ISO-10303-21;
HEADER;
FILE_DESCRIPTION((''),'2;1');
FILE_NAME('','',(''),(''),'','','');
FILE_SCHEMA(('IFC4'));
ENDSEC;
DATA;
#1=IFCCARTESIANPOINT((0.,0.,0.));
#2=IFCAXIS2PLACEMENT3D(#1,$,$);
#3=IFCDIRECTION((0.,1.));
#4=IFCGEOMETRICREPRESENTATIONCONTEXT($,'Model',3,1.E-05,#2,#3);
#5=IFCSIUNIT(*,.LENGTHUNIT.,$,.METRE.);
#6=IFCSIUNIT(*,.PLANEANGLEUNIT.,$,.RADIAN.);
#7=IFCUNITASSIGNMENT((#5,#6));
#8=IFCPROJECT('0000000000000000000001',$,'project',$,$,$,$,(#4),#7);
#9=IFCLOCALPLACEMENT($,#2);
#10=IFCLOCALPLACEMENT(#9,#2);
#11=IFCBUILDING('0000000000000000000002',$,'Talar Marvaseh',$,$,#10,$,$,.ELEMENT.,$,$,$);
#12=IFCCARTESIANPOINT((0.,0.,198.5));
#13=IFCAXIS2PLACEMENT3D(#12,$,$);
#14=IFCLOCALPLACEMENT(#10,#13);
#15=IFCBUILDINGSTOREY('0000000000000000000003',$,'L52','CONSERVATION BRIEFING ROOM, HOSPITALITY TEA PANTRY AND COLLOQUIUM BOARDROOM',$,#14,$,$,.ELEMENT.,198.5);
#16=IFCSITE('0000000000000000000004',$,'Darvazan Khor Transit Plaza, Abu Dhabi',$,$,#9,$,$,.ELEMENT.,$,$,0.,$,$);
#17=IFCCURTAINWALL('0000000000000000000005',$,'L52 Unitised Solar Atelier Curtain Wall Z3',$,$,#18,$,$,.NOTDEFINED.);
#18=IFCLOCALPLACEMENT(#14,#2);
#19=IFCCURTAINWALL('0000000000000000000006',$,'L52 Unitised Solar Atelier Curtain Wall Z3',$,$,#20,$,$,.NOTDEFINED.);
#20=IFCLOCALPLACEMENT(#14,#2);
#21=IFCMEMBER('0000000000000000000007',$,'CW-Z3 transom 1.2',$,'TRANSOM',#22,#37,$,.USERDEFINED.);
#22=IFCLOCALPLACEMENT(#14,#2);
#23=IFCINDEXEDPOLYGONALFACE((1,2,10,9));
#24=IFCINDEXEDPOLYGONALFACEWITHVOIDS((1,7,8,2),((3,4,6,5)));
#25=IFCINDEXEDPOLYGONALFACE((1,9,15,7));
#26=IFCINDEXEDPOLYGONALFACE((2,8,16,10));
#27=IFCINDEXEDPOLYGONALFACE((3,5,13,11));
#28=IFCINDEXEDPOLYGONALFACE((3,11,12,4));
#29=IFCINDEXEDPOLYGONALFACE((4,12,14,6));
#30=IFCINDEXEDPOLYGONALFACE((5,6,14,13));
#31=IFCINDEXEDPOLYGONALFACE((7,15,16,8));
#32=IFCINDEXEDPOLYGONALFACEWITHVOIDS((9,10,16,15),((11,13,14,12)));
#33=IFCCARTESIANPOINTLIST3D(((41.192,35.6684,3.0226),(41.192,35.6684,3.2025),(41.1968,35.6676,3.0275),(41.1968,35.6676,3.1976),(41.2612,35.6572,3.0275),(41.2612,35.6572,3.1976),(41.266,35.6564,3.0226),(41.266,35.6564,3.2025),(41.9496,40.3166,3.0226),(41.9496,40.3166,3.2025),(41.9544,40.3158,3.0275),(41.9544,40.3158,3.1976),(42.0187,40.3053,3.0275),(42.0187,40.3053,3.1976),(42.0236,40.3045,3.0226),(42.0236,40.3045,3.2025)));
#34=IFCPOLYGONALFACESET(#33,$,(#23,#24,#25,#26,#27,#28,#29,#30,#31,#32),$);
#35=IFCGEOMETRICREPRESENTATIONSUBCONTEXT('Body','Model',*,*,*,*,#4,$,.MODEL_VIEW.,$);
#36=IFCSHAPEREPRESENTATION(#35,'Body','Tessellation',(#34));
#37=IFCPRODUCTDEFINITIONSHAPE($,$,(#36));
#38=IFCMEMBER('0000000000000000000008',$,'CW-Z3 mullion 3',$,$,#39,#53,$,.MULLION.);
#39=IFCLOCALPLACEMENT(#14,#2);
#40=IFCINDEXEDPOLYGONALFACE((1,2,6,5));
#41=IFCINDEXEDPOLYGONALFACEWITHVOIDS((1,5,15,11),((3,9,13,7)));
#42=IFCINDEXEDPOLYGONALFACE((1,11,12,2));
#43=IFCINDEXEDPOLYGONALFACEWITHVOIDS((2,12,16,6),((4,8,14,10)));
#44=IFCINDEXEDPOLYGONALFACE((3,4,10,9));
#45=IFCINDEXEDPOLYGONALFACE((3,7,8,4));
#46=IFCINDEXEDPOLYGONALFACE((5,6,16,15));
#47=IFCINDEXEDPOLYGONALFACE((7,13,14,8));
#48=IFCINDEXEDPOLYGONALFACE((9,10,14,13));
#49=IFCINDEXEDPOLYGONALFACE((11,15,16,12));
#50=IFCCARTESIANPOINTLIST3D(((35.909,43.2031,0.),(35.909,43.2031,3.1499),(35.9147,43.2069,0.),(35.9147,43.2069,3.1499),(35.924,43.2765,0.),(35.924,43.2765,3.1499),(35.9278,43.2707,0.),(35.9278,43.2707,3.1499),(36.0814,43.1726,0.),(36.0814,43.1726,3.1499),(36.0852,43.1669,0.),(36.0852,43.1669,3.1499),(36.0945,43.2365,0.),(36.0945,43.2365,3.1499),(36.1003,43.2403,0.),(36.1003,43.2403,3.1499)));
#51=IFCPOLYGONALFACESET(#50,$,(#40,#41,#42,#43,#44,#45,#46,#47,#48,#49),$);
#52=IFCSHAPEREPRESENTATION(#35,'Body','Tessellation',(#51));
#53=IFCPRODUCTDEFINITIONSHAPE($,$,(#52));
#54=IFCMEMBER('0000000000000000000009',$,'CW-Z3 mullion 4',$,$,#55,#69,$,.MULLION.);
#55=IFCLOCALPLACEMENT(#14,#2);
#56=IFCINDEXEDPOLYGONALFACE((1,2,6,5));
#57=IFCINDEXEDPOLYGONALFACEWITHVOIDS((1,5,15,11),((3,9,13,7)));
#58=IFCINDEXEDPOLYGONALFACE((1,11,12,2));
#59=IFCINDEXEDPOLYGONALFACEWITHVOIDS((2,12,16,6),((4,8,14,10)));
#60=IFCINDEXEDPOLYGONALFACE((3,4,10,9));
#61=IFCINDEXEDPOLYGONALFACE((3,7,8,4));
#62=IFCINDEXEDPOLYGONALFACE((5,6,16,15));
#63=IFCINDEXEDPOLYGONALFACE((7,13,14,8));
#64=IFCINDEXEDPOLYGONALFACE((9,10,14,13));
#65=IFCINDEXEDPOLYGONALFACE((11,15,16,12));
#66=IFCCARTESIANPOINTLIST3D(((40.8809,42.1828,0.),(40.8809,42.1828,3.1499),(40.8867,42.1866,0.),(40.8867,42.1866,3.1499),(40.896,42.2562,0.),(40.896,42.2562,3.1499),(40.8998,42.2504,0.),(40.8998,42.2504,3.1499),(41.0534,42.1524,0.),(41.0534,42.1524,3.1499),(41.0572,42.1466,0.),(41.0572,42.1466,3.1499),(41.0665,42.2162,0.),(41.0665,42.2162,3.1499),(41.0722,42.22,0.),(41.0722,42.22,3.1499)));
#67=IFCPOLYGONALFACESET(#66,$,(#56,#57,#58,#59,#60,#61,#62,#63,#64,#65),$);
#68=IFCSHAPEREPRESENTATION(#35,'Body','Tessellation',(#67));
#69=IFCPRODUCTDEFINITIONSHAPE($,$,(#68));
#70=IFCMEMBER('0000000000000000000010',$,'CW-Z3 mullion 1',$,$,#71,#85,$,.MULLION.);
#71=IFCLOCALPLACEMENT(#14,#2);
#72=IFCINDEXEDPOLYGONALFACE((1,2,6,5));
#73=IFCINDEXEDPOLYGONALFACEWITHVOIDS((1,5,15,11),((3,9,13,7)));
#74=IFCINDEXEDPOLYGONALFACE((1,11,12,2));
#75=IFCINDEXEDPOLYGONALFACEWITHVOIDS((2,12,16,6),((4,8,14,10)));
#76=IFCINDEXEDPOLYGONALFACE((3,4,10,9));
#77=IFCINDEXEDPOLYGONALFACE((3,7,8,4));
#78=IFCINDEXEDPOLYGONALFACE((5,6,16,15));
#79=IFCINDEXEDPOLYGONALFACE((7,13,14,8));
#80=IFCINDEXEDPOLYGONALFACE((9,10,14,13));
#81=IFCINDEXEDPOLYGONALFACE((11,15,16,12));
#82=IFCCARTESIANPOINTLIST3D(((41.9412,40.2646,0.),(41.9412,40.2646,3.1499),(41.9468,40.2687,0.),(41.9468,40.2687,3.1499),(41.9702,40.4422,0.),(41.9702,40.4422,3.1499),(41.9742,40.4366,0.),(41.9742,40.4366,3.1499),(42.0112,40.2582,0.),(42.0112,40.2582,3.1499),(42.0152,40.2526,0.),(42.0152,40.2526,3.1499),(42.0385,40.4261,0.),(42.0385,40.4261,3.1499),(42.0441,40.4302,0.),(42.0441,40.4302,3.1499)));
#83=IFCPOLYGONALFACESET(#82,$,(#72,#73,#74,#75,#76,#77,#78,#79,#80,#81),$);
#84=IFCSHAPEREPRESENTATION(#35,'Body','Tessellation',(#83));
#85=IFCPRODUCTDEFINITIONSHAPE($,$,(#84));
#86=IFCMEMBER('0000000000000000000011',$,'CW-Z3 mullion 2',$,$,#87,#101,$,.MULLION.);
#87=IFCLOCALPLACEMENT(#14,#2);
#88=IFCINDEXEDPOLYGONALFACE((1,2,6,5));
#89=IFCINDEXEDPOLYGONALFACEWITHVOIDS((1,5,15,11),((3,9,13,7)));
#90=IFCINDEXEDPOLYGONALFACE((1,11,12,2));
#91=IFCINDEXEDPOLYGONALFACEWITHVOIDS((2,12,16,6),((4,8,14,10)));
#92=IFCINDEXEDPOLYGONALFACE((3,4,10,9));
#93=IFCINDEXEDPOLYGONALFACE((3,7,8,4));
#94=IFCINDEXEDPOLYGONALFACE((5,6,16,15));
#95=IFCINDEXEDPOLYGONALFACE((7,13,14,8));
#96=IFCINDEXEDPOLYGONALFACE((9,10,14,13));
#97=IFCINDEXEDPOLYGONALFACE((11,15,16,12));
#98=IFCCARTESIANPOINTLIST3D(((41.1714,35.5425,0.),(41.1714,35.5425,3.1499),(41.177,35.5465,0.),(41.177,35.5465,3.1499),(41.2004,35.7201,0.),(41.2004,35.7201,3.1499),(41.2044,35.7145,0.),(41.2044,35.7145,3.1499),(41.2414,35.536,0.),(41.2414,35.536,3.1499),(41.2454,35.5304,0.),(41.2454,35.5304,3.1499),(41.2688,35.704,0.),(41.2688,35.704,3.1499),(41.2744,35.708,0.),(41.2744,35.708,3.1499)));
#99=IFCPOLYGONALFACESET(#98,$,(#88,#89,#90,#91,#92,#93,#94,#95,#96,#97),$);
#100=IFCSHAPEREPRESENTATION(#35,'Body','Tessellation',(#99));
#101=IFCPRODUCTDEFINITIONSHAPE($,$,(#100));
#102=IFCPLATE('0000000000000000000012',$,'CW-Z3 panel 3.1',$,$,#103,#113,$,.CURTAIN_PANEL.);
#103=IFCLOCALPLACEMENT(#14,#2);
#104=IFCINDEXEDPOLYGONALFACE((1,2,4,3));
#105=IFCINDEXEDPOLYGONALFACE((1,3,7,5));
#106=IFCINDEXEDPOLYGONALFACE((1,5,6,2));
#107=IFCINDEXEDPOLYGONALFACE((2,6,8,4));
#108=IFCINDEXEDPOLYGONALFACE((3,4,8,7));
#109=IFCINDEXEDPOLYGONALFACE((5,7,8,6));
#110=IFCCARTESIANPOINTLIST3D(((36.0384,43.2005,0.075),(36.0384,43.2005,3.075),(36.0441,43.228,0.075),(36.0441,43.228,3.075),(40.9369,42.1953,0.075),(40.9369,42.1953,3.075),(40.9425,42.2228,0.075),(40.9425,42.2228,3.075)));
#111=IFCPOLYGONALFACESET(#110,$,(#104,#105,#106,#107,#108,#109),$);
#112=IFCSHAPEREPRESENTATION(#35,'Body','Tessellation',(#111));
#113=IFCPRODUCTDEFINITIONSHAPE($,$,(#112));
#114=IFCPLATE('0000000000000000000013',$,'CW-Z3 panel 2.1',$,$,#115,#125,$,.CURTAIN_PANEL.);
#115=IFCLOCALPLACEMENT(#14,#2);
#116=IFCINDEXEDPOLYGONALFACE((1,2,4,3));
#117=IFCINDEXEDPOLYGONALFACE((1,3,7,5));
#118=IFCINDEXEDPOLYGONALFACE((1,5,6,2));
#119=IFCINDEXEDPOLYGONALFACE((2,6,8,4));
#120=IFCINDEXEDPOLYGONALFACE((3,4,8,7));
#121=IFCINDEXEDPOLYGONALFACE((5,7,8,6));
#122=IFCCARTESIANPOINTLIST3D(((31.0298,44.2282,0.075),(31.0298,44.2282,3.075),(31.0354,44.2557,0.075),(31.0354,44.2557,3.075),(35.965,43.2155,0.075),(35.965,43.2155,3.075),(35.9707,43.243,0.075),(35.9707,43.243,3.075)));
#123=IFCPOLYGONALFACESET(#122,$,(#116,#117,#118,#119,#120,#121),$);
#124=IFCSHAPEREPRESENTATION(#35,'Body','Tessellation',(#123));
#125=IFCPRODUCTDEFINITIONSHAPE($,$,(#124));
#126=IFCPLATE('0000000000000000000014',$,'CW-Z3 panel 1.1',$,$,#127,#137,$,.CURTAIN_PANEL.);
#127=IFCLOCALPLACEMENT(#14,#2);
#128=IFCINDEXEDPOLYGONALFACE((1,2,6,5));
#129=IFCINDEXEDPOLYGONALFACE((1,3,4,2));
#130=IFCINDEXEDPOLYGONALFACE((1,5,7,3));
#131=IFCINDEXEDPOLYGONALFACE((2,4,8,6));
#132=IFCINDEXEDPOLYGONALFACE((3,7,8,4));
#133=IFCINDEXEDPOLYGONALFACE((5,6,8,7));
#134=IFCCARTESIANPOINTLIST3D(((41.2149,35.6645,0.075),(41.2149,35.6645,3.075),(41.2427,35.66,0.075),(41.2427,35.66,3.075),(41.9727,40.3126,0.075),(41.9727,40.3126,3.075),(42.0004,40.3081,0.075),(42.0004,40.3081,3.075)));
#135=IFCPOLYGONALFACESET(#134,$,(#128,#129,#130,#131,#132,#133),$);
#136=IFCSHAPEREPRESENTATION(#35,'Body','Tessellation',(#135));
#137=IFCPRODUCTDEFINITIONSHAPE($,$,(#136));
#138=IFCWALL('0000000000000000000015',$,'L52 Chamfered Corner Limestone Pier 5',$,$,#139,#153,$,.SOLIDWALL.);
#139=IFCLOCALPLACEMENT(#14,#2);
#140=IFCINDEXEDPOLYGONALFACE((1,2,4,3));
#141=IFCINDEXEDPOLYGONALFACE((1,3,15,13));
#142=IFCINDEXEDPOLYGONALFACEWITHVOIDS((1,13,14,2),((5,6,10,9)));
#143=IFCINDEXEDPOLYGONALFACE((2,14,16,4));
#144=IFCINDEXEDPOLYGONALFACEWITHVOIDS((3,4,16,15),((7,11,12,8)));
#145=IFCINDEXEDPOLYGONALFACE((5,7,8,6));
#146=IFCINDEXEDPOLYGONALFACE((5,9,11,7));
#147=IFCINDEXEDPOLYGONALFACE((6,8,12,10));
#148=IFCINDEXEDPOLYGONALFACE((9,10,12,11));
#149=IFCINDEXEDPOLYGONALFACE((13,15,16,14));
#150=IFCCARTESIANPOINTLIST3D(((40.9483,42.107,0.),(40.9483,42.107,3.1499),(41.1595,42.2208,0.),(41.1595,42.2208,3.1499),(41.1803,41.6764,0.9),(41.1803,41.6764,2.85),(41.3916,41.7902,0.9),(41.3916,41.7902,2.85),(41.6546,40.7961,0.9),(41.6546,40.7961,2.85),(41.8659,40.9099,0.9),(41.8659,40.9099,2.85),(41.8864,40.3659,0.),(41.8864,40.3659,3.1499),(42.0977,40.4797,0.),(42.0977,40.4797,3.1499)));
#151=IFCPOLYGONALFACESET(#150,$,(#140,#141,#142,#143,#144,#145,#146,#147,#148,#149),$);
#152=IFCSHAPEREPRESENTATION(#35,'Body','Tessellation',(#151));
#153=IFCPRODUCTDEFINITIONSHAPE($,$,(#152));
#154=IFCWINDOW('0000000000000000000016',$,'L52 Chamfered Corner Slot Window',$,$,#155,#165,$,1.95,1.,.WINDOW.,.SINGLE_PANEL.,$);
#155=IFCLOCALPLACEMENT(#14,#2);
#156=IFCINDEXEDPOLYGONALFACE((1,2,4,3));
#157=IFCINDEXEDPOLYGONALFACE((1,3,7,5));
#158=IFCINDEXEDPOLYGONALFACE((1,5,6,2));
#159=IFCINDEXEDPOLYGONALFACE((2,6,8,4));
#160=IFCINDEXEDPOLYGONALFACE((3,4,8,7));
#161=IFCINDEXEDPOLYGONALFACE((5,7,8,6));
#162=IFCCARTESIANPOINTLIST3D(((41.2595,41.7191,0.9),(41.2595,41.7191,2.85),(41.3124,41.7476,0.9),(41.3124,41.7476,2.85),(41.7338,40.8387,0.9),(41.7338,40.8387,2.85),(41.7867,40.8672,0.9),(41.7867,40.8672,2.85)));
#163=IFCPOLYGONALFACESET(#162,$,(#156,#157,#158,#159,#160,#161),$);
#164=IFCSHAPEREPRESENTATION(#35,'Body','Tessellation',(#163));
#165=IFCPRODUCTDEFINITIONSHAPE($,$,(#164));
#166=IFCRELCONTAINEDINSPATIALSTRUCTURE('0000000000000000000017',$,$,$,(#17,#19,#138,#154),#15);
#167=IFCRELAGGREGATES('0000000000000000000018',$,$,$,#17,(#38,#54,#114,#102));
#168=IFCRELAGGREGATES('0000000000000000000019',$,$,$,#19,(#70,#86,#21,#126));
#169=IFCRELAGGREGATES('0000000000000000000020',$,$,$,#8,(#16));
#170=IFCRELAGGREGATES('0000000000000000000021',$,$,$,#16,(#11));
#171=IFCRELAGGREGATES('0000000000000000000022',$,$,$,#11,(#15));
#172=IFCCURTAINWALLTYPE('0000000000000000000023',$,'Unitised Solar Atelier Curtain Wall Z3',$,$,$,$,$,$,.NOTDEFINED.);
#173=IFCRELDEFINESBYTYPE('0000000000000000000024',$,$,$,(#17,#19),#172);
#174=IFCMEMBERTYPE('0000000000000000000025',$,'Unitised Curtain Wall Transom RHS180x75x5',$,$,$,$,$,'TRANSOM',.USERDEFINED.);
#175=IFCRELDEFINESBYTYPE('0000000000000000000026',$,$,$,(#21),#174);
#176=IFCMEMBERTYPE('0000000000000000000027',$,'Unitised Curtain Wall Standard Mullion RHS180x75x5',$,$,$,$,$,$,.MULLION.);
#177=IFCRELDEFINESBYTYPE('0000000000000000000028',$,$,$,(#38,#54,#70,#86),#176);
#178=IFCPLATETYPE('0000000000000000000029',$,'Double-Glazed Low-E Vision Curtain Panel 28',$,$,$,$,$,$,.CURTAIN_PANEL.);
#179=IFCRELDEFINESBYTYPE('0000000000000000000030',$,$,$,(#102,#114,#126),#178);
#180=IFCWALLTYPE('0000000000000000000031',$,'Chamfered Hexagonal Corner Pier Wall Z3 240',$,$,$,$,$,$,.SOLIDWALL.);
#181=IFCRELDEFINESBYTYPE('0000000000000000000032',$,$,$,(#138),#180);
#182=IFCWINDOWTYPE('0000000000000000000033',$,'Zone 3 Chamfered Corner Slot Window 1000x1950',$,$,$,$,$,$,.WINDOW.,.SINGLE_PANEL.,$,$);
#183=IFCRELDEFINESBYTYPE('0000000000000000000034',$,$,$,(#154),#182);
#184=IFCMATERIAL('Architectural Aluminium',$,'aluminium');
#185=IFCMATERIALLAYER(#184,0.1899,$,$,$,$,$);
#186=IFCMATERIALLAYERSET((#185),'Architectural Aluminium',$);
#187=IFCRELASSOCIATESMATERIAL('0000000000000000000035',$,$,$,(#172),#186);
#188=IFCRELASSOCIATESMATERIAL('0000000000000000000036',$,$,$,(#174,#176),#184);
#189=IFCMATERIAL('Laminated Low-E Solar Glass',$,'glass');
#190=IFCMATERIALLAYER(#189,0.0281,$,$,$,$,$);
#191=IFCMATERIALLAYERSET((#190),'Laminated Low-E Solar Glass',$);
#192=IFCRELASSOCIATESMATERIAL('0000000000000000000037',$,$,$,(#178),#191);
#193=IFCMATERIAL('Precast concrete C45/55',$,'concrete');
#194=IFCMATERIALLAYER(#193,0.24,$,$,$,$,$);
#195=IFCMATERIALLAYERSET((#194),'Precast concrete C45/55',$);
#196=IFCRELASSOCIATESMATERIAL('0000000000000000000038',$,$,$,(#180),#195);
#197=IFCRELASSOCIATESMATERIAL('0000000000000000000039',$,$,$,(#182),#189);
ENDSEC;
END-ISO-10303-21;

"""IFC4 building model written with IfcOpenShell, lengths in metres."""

from ifc_helpers import new_model, si_unit, direction, frame, frame_2d, origin, origin_2d, place, context, subcontext, project, spatial, rectangle, hollow_rectangle, extrude, source, transform, mapped, material, layer, layer_set, material_profile, profile_set, type_object, type_shapes, element, fill, aggregate, save


model = new_model("IFC4")

# Units and contexts
model_context = context("Model", 3, precision=1e-05, world=origin(), true_north=direction((0.0, 1.0)))
body_context = subcontext(model_context, "Body", "Model", "MODEL_VIEW")
ifc_project = project(units=[si_unit("LENGTHUNIT", "METRE"), si_unit("PLANEANGLEUNIT", "RADIAN")], contexts=[model_context])

# Site, building, storey
site_placement = place(None, origin())
site = spatial("IfcSite", under=ifc_project, at=site_placement, Name="Darvazan Khor Transit Plaza, Abu Dhabi", CompositionType="ELEMENT", RefElevation=0.0)
building_placement = place(site_placement, origin())
building = spatial("IfcBuilding", under=site, at=building_placement, Name="Talar Marvaseh", CompositionType="ELEMENT")
storey_placement = place(building_placement, frame((0.0, 0.0, 198.5)))
storey = spatial("IfcBuildingStorey", under=building, at=storey_placement, Name="L52", Description="CONSERVATION BRIEFING ROOM, HOSPITALITY TEA PANTRY AND COLLOQUIUM BOARDROOM", CompositionType="ELEMENT", Elevation=198.5)

# Curtain walls, member
ifc_material_1 = material(Name="Architectural Aluminium", Category="aluminium")
ifc_layer_1 = layer(ifc_material_1, 0.1899)
ifc_layer_set_1 = layer_set([ifc_layer_1], Name="Architectural Aluminium")
curtain_wall_type = type_object("IfcCurtainWallType", Name="Unitised Solar Atelier Curtain Wall Z3", PredefinedType="NOTDEFINED", material=ifc_layer_set_1)
curtain_wall_1_placement = place(storey_placement, origin())
curtain_wall_1 = element("IfcCurtainWall", 1, at=curtain_wall_1_placement, inside=storey, type_object=curtain_wall_type, Name="L52 Unitised Solar Atelier Curtain Wall Z3", PredefinedType="NOTDEFINED")
ifc_material_profile_1 = material_profile(ifc_material_1, hollow_rectangle(XDim=0.075, YDim=0.1799, WallThickness=0.0049, at=origin_2d()), Name="RHS180x75x5")
ifc_profile_set_1 = profile_set([ifc_material_profile_1], Name="Architectural Aluminium")
member_type_1 = type_object("IfcMemberType", Name="Unitised Curtain Wall Transom RHS180x75x5", ElementType="TRANSOM", PredefinedType="USERDEFINED", material=ifc_profile_set_1)
curtain_wall_2_placement = place(storey_placement, origin())
curtain_wall_2 = element("IfcCurtainWall", 2, at=curtain_wall_2_placement, inside=storey, type_object=curtain_wall_type, Name="L52 Unitised Solar Atelier Curtain Wall Z3", PredefinedType="NOTDEFINED")
shared_shape_1 = source(origin(), body_context, "Body", "SweptSolid", [
    extrude(hollow_rectangle(XDim=0.075, YDim=0.1799, WallThickness=0.0049, at=origin_2d()), origin(), (0.0, 0.0, 1.0), 4.7095),
])
member_1_placement = place(storey_placement, frame((41.9866, 40.3105, 3.1125), z_axis=(-0.160859, -0.986977, 0.0), x_axis=(0.986977, -0.160859, 0.0)))
member_1 = element("IfcMember", 3, at=member_1_placement, type_object=member_type_1, Name="CW-Z3 transom 1.2", ObjectType="TRANSOM", PredefinedType="USERDEFINED", context=body_context, shape_type="MappedRepresentation", body=[
    mapped(shared_shape_1, transform((0.0, 0.0, 0.0), x_axis=(1.0, 0.0, 0.0), y_axis=(0.0, 1.0, 0.0), z_axis=(0.0, 0.0, 1.0), scale=1.0)),
])

# Members
ifc_material_profile_2 = material_profile(ifc_material_1, hollow_rectangle(XDim=0.075, YDim=0.1799, WallThickness=0.0049, at=origin_2d()), Name="RHS180x75x5")
ifc_profile_set_2 = profile_set([ifc_material_profile_2], Name="Architectural Aluminium")
member_type_2 = type_object("IfcMemberType", Name="Unitised Curtain Wall Standard Mullion RHS180x75x5", PredefinedType="MULLION", material=ifc_profile_set_2)
shared_shape_2 = source(origin(), body_context, "Body", "SweptSolid", [
    extrude(hollow_rectangle(XDim=0.075, YDim=0.1799, WallThickness=0.0049, at=origin_2d()), origin(), (0.0, 0.0, 1.0), 3.1499),
])
type_shapes(member_type_2, [shared_shape_2])
member_2_placement = place(storey_placement, frame((36.0046, 43.2217, 0.0), z_axis=(0.0, 0.0, 1.0), x_axis=(0.201011, 0.979589, 0.0)))
member_2 = element("IfcMember", 4, at=member_2_placement, type_object=member_type_2, Name="CW-Z3 mullion 3", PredefinedType="MULLION", context=body_context, shape_type="MappedRepresentation", body=[
    mapped(shared_shape_2, transform((0.0, 0.0, 0.0), x_axis=(1.0, 0.0, 0.0), y_axis=(0.0, 1.0, 0.0), z_axis=(0.0, 0.0, 1.0), scale=1.0)),
])
member_3_placement = place(storey_placement, frame((40.9766, 42.2014, 0.0), z_axis=(0.0, 0.0, 1.0), x_axis=(0.201011, 0.979589, 0.0)))
member_3 = element("IfcMember", 5, at=member_3_placement, type_object=member_type_2, Name="CW-Z3 mullion 4", PredefinedType="MULLION", context=body_context, shape_type="MappedRepresentation", body=[
    mapped(shared_shape_2, transform((0.0, 0.0, 0.0), x_axis=(1.0, 0.0, 0.0), y_axis=(0.0, 1.0, 0.0), z_axis=(0.0, 0.0, 1.0), scale=1.0)),
])
member_4_placement = place(storey_placement, frame((41.9927, 40.3474, 0.0), z_axis=(0.0, 0.0, 1.0), x_axis=(0.986971, -0.160896, 0.0)))
member_4 = element("IfcMember", 6, at=member_4_placement, type_object=member_type_2, Name="CW-Z3 mullion 1", PredefinedType="MULLION", context=body_context, shape_type="MappedRepresentation", body=[
    mapped(shared_shape_2, transform((0.0, 0.0, 0.0), x_axis=(1.0, 0.0, 0.0), y_axis=(0.0, 1.0, 0.0), z_axis=(0.0, 0.0, 1.0), scale=1.0)),
])
member_5_placement = place(storey_placement, frame((41.2229, 35.6252, 0.0), z_axis=(0.0, 0.0, 1.0), x_axis=(0.986971, -0.160896, 0.0)))
member_5 = element("IfcMember", 7, at=member_5_placement, type_object=member_type_2, Name="CW-Z3 mullion 2", PredefinedType="MULLION", context=body_context, shape_type="MappedRepresentation", body=[
    mapped(shared_shape_2, transform((0.0, 0.0, 0.0), x_axis=(1.0, 0.0, 0.0), y_axis=(0.0, 1.0, 0.0), z_axis=(0.0, 0.0, 1.0), scale=1.0)),
])

# Plates
ifc_material_2 = material(Name="Laminated Low-E Solar Glass", Category="glass")
ifc_layer_2 = layer(ifc_material_2, 0.0281)
ifc_layer_set_2 = layer_set([ifc_layer_2], Name="Laminated Low-E Solar Glass")
plate_type = type_object("IfcPlateType", Name="Double-Glazed Low-E Vision Curtain Panel 28", PredefinedType="CURTAIN_PANEL", material=ifc_layer_set_2)
shared_shape_3 = source(origin(), body_context, "Body", "SweptSolid", [
    extrude(rectangle(XDim=5.0005, YDim=0.0281, at=origin_2d()), origin(), (0.0, 0.0, 1.0), 3.0),
])
plate_1_placement = place(storey_placement, frame((38.4905, 42.7117, 0.075), z_axis=(0.0, 0.0, 1.0), x_axis=(0.979589, -0.201011, 0.0)))
plate_1 = element("IfcPlate", 8, at=plate_1_placement, type_object=plate_type, Name="CW-Z3 panel 3.1", PredefinedType="CURTAIN_PANEL", context=body_context, shape_type="MappedRepresentation", body=[
    mapped(shared_shape_3, transform((0.0, 0.0, 0.0), x_axis=(1.0, 0.0, 0.0), y_axis=(0.0, 1.0, 0.0), z_axis=(0.0, 0.0, 1.0), scale=1.0)),
])
shared_shape_4 = source(origin(), body_context, "Body", "SweptSolid", [
    extrude(rectangle(XDim=5.0381, YDim=0.0281, at=origin_2d()), origin(), (0.0, 0.0, 1.0), 3.0),
])
plate_2_placement = place(storey_placement, frame((33.5002, 43.7356, 0.075), z_axis=(0.0, 0.0, 1.0), x_axis=(0.979589, -0.201011, 0.0)))
plate_2 = element("IfcPlate", 9, at=plate_2_placement, type_object=plate_type, Name="CW-Z3 panel 2.1", PredefinedType="CURTAIN_PANEL", context=body_context, shape_type="MappedRepresentation", body=[
    mapped(shared_shape_4, transform((0.0, 0.0, 0.0), x_axis=(1.0, 0.0, 0.0), y_axis=(0.0, 1.0, 0.0), z_axis=(0.0, 0.0, 1.0), scale=1.0)),
])
aggregate(curtain_wall_1, [member_2, member_3, plate_2, plate_1])
shared_shape_5 = source(origin(), body_context, "Body", "SweptSolid", [
    extrude(rectangle(XDim=4.7095, YDim=0.0281, at=origin_2d()), origin(), (0.0, 0.0, 1.0), 3.0),
])
type_shapes(plate_type, [shared_shape_3, shared_shape_4, shared_shape_5])
plate_3_placement = place(storey_placement, frame((41.6077, 37.9863, 0.075), z_axis=(0.0, 0.0, 1.0), x_axis=(-0.160896, -0.986971, 0.0)))
plate_3 = element("IfcPlate", 10, at=plate_3_placement, type_object=plate_type, Name="CW-Z3 panel 1.1", PredefinedType="CURTAIN_PANEL", context=body_context, shape_type="MappedRepresentation", body=[
    mapped(shared_shape_5, transform((0.0, 0.0, 0.0), x_axis=(1.0, 0.0, 0.0), y_axis=(0.0, 1.0, 0.0), z_axis=(0.0, 0.0, 1.0), scale=1.0)),
])
aggregate(curtain_wall_2, [member_4, member_5, member_1, plate_3])

# Wall, opening, window
ifc_material_3 = material(Name="Precast concrete C45/55", Category="concrete")
ifc_layer_3 = layer(ifc_material_3, 0.24)
ifc_layer_set_3 = layer_set([ifc_layer_3], Name="Precast concrete C45/55")
wall_type_1 = type_object("IfcWallType", Name="Chamfered Hexagonal Corner Pier Wall Z3 240", PredefinedType="SOLIDWALL", material=ifc_layer_set_3)
wall_1_placement = place(storey_placement, frame((41.054, 42.1638, 0.0), z_axis=(0.0, 0.0, 1.0), x_axis=(0.474357, -0.880332, 0.0)))
wall_1 = element("IfcWall", 11, at=wall_1_placement, inside=storey, type_object=wall_type_1, Name="L52 Chamfered Corner Limestone Pier 5", PredefinedType="SOLIDWALL", context=body_context, shape_type="SweptSolid", body=[
    extrude(rectangle(XDim=1.9778, YDim=0.24, at=frame_2d((0.9888, 0.0))), origin(), (0.0, 0.0, 1.0), 3.1499),
])
opening_1_placement = place(wall_1_placement, frame((0.489, 0.0, 0.8999)))
opening_1 = element("IfcOpeningElement", 12, at=opening_1_placement, cuts=wall_1, PredefinedType="OPENING", context=body_context, shape_type="SweptSolid", body=[
    extrude(rectangle(XDim=1.0, YDim=1.95, at=frame_2d((0.5, 0.9751))), frame((0.0, 0.1299, 0.0), z_axis=(0.0, -1.0, 0.0), x_axis=(1.0, 0.0, 0.0)), (0.0, 0.0, 1.0), 0.26),
])
window_type = type_object("IfcWindowType", Name="Zone 3 Chamfered Corner Slot Window 1000x1950", PartitioningType="SINGLE_PANEL", PredefinedType="WINDOW", material=ifc_material_2)
shared_shape_6 = source(origin(), body_context, "Body", "SweptSolid", [
    extrude(rectangle(XDim=1.0, YDim=1.95, at=frame_2d((0.5, 0.9751))), frame((0.0, 0.03, 0.0), z_axis=(0.0, -1.0, 0.0), x_axis=(1.0, 0.0, 0.0)), (0.0, 0.0, 1.0), 0.0601),
])
type_shapes(window_type, [shared_shape_6])
window_placement = place(opening_1_placement, origin())
window = element("IfcWindow", 13, at=window_placement, inside=storey, type_object=window_type, Name="L52 Chamfered Corner Slot Window", OverallHeight=1.95, OverallWidth=1.0, PartitioningType="SINGLE_PANEL", PredefinedType="WINDOW", context=body_context, shape_type="MappedRepresentation", body=[
    mapped(shared_shape_6, transform((0.0, 0.0, 0.0), x_axis=(1.0, 0.0, 0.0), y_axis=(0.0, 1.0, 0.0), z_axis=(0.0, 0.0, 1.0), scale=1.0)),
])
fill(opening_1, window)

save(model, "model.ifc")
